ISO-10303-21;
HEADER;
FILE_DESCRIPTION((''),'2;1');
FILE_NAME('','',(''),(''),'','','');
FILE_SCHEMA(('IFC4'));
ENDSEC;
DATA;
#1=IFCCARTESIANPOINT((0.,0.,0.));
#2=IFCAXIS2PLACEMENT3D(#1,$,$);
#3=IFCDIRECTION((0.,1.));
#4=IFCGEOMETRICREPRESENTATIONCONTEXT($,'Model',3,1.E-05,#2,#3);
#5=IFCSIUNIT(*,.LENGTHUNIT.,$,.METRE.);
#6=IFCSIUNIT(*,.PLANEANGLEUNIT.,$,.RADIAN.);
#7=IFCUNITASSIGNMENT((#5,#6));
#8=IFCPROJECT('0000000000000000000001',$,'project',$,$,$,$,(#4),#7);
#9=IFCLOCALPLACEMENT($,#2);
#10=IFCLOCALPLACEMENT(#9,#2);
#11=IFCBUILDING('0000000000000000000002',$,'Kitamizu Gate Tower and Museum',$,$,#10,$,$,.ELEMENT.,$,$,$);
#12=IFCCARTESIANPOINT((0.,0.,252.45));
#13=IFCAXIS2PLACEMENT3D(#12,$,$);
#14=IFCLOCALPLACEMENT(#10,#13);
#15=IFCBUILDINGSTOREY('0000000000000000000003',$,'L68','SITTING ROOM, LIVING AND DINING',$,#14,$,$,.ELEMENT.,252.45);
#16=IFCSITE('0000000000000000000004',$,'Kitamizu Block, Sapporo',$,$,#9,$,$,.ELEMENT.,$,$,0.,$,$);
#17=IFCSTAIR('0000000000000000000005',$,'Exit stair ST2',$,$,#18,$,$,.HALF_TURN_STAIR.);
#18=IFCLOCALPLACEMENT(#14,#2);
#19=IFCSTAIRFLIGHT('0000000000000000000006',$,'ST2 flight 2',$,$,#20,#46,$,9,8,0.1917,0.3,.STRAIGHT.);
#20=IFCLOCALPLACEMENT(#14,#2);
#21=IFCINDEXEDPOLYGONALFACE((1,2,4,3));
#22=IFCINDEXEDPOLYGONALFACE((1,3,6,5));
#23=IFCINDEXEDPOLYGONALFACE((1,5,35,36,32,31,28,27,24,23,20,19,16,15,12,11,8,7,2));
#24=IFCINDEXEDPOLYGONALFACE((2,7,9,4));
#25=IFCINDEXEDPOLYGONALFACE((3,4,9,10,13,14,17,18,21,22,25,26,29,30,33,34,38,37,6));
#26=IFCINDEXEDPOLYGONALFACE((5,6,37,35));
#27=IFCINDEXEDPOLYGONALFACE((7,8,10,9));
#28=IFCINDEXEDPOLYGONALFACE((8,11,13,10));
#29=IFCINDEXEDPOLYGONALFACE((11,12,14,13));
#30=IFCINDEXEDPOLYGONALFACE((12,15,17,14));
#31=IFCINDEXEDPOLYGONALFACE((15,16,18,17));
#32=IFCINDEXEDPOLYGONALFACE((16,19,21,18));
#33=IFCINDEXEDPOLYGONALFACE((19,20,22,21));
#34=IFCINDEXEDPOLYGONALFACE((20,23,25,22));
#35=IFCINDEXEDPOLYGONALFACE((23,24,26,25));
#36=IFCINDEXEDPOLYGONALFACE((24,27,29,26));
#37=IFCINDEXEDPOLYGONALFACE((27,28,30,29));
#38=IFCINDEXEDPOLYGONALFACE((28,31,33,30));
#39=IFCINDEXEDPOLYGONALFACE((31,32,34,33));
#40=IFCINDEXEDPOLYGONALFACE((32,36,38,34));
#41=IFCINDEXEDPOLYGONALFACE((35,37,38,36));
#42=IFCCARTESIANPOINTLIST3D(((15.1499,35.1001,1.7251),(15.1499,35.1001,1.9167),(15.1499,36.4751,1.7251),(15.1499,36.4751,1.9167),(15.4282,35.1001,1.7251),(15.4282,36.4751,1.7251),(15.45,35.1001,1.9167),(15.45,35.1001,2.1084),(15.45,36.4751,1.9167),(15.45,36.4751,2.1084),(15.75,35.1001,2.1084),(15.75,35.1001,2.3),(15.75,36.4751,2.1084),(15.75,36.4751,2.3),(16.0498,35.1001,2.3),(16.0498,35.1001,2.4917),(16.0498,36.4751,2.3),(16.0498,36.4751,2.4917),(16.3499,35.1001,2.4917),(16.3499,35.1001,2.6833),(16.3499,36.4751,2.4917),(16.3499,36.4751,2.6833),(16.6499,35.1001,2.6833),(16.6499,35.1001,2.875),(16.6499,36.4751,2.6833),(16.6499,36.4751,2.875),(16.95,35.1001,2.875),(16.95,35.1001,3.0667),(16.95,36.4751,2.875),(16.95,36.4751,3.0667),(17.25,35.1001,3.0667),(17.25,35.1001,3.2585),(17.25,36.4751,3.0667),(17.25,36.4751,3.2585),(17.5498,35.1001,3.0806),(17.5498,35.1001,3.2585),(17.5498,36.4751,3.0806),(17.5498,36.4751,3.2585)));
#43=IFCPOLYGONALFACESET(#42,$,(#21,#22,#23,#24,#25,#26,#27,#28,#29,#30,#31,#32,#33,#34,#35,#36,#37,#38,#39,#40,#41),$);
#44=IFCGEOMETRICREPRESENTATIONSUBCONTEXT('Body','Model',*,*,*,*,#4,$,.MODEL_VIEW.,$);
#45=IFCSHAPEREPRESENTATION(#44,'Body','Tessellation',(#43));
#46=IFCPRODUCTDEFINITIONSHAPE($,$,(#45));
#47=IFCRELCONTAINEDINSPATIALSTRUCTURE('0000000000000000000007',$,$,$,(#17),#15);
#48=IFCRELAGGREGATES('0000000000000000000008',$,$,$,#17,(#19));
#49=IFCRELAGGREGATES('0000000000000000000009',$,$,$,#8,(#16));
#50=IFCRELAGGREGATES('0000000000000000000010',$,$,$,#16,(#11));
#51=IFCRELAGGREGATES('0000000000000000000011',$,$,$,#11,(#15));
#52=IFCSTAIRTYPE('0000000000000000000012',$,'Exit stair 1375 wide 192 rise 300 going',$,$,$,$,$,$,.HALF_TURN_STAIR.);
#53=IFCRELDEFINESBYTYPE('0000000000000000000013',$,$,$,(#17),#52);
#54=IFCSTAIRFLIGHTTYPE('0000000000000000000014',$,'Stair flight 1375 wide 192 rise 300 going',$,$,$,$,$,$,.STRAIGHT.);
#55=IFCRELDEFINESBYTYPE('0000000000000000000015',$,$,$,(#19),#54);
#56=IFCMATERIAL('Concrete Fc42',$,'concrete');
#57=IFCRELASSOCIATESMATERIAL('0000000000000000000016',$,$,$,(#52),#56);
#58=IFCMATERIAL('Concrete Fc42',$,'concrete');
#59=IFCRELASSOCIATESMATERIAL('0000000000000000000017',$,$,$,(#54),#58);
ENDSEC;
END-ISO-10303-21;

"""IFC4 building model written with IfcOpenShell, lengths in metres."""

from ifc_helpers import new_model, si_unit, direction, frame, origin, place, context, subcontext, project, spatial, polyline, outline, extrude, material, type_object, element, aggregate, save


model = new_model("IFC4")

# Units and contexts
model_context = context("Model", 3, precision=1e-05, world=origin(), true_north=direction((0.0, 1.0)))
body_context = subcontext(model_context, "Body", "Model", "MODEL_VIEW")
ifc_project = project(units=[si_unit("LENGTHUNIT", "METRE"), si_unit("PLANEANGLEUNIT", "RADIAN")], contexts=[model_context])

# Site, building, storey
site_placement = place(None, origin())
site = spatial("IfcSite", under=ifc_project, at=site_placement, Name="Kitamizu Block, Sapporo", CompositionType="ELEMENT", RefElevation=0.0)
building_placement = place(site_placement, origin())
building = spatial("IfcBuilding", under=site, at=building_placement, Name="Kitamizu Gate Tower and Museum", CompositionType="ELEMENT")
storey_placement = place(building_placement, frame((0.0, 0.0, 252.45)))
storey = spatial("IfcBuildingStorey", under=building, at=storey_placement, Name="L68", Description="SITTING ROOM, LIVING AND DINING", CompositionType="ELEMENT", Elevation=252.45)

# Shared definitions
ifc_material_1 = material(Name="Concrete Fc42", Category="concrete")
stair_type = type_object("IfcStairType", Name="Exit stair 1375 wide 192 rise 300 going", PredefinedType="HALF_TURN_STAIR", material=ifc_material_1)
ifc_material_2 = material(Name="Concrete Fc42", Category="concrete")
stair_flight_type = type_object("IfcStairFlightType", Name="Stair flight 1375 wide 192 rise 300 going", PredefinedType="STRAIGHT", material=ifc_material_2)

# Stair, stair flight
stair_1_placement = place(storey_placement, origin())
stair_1 = element("IfcStair", 1, at=stair_1_placement, inside=storey, type_object=stair_type, Name="Exit stair ST2", PredefinedType="HALF_TURN_STAIR")
stair_flight_1_placement = place(storey_placement, frame((15.1499, 35.7876, 1.7251), z_axis=(0.0, 0.0, 1.0), x_axis=(1.0, 0.0, 0.0)))
stair_flight_1 = element("IfcStairFlight", 2, at=stair_flight_1_placement, type_object=stair_flight_type, Name="ST2 flight 2", NumberOfRisers=9, NumberOfTreads=8, PredefinedType="STRAIGHT", RiserHeight=0.1917, TreadLength=0.3, context=body_context, shape_type="SweptSolid", body=[
    extrude(outline(polyline([(0.0, 0.0), (0.0, 0.1917), (0.3, 0.1917), (0.3, 0.3833), (0.6001, 0.3833), (0.6001, 0.575), (0.8999, 0.575), (0.8999, 0.7666), (1.2, 0.7666), (1.2, 0.9583), (1.5, 0.9583), (1.5, 1.1499), (1.8, 1.1499), (1.8, 1.3416), (2.1001, 1.3416), (2.1001, 1.5334), (2.3999, 1.5334), (2.3999, 1.7251), (2.3999, 1.3555), (0.2783, 0.0), (0.0, 0.0)])), frame((0.0, 0.6875, 0.0), z_axis=(0.0, -1.0, 0.0), x_axis=(1.0, 0.0, 0.0)), (0.0, 0.0, 1.0), 1.375),
])
aggregate(stair_1, [stair_flight_1])

save(model, "model.ifc")
